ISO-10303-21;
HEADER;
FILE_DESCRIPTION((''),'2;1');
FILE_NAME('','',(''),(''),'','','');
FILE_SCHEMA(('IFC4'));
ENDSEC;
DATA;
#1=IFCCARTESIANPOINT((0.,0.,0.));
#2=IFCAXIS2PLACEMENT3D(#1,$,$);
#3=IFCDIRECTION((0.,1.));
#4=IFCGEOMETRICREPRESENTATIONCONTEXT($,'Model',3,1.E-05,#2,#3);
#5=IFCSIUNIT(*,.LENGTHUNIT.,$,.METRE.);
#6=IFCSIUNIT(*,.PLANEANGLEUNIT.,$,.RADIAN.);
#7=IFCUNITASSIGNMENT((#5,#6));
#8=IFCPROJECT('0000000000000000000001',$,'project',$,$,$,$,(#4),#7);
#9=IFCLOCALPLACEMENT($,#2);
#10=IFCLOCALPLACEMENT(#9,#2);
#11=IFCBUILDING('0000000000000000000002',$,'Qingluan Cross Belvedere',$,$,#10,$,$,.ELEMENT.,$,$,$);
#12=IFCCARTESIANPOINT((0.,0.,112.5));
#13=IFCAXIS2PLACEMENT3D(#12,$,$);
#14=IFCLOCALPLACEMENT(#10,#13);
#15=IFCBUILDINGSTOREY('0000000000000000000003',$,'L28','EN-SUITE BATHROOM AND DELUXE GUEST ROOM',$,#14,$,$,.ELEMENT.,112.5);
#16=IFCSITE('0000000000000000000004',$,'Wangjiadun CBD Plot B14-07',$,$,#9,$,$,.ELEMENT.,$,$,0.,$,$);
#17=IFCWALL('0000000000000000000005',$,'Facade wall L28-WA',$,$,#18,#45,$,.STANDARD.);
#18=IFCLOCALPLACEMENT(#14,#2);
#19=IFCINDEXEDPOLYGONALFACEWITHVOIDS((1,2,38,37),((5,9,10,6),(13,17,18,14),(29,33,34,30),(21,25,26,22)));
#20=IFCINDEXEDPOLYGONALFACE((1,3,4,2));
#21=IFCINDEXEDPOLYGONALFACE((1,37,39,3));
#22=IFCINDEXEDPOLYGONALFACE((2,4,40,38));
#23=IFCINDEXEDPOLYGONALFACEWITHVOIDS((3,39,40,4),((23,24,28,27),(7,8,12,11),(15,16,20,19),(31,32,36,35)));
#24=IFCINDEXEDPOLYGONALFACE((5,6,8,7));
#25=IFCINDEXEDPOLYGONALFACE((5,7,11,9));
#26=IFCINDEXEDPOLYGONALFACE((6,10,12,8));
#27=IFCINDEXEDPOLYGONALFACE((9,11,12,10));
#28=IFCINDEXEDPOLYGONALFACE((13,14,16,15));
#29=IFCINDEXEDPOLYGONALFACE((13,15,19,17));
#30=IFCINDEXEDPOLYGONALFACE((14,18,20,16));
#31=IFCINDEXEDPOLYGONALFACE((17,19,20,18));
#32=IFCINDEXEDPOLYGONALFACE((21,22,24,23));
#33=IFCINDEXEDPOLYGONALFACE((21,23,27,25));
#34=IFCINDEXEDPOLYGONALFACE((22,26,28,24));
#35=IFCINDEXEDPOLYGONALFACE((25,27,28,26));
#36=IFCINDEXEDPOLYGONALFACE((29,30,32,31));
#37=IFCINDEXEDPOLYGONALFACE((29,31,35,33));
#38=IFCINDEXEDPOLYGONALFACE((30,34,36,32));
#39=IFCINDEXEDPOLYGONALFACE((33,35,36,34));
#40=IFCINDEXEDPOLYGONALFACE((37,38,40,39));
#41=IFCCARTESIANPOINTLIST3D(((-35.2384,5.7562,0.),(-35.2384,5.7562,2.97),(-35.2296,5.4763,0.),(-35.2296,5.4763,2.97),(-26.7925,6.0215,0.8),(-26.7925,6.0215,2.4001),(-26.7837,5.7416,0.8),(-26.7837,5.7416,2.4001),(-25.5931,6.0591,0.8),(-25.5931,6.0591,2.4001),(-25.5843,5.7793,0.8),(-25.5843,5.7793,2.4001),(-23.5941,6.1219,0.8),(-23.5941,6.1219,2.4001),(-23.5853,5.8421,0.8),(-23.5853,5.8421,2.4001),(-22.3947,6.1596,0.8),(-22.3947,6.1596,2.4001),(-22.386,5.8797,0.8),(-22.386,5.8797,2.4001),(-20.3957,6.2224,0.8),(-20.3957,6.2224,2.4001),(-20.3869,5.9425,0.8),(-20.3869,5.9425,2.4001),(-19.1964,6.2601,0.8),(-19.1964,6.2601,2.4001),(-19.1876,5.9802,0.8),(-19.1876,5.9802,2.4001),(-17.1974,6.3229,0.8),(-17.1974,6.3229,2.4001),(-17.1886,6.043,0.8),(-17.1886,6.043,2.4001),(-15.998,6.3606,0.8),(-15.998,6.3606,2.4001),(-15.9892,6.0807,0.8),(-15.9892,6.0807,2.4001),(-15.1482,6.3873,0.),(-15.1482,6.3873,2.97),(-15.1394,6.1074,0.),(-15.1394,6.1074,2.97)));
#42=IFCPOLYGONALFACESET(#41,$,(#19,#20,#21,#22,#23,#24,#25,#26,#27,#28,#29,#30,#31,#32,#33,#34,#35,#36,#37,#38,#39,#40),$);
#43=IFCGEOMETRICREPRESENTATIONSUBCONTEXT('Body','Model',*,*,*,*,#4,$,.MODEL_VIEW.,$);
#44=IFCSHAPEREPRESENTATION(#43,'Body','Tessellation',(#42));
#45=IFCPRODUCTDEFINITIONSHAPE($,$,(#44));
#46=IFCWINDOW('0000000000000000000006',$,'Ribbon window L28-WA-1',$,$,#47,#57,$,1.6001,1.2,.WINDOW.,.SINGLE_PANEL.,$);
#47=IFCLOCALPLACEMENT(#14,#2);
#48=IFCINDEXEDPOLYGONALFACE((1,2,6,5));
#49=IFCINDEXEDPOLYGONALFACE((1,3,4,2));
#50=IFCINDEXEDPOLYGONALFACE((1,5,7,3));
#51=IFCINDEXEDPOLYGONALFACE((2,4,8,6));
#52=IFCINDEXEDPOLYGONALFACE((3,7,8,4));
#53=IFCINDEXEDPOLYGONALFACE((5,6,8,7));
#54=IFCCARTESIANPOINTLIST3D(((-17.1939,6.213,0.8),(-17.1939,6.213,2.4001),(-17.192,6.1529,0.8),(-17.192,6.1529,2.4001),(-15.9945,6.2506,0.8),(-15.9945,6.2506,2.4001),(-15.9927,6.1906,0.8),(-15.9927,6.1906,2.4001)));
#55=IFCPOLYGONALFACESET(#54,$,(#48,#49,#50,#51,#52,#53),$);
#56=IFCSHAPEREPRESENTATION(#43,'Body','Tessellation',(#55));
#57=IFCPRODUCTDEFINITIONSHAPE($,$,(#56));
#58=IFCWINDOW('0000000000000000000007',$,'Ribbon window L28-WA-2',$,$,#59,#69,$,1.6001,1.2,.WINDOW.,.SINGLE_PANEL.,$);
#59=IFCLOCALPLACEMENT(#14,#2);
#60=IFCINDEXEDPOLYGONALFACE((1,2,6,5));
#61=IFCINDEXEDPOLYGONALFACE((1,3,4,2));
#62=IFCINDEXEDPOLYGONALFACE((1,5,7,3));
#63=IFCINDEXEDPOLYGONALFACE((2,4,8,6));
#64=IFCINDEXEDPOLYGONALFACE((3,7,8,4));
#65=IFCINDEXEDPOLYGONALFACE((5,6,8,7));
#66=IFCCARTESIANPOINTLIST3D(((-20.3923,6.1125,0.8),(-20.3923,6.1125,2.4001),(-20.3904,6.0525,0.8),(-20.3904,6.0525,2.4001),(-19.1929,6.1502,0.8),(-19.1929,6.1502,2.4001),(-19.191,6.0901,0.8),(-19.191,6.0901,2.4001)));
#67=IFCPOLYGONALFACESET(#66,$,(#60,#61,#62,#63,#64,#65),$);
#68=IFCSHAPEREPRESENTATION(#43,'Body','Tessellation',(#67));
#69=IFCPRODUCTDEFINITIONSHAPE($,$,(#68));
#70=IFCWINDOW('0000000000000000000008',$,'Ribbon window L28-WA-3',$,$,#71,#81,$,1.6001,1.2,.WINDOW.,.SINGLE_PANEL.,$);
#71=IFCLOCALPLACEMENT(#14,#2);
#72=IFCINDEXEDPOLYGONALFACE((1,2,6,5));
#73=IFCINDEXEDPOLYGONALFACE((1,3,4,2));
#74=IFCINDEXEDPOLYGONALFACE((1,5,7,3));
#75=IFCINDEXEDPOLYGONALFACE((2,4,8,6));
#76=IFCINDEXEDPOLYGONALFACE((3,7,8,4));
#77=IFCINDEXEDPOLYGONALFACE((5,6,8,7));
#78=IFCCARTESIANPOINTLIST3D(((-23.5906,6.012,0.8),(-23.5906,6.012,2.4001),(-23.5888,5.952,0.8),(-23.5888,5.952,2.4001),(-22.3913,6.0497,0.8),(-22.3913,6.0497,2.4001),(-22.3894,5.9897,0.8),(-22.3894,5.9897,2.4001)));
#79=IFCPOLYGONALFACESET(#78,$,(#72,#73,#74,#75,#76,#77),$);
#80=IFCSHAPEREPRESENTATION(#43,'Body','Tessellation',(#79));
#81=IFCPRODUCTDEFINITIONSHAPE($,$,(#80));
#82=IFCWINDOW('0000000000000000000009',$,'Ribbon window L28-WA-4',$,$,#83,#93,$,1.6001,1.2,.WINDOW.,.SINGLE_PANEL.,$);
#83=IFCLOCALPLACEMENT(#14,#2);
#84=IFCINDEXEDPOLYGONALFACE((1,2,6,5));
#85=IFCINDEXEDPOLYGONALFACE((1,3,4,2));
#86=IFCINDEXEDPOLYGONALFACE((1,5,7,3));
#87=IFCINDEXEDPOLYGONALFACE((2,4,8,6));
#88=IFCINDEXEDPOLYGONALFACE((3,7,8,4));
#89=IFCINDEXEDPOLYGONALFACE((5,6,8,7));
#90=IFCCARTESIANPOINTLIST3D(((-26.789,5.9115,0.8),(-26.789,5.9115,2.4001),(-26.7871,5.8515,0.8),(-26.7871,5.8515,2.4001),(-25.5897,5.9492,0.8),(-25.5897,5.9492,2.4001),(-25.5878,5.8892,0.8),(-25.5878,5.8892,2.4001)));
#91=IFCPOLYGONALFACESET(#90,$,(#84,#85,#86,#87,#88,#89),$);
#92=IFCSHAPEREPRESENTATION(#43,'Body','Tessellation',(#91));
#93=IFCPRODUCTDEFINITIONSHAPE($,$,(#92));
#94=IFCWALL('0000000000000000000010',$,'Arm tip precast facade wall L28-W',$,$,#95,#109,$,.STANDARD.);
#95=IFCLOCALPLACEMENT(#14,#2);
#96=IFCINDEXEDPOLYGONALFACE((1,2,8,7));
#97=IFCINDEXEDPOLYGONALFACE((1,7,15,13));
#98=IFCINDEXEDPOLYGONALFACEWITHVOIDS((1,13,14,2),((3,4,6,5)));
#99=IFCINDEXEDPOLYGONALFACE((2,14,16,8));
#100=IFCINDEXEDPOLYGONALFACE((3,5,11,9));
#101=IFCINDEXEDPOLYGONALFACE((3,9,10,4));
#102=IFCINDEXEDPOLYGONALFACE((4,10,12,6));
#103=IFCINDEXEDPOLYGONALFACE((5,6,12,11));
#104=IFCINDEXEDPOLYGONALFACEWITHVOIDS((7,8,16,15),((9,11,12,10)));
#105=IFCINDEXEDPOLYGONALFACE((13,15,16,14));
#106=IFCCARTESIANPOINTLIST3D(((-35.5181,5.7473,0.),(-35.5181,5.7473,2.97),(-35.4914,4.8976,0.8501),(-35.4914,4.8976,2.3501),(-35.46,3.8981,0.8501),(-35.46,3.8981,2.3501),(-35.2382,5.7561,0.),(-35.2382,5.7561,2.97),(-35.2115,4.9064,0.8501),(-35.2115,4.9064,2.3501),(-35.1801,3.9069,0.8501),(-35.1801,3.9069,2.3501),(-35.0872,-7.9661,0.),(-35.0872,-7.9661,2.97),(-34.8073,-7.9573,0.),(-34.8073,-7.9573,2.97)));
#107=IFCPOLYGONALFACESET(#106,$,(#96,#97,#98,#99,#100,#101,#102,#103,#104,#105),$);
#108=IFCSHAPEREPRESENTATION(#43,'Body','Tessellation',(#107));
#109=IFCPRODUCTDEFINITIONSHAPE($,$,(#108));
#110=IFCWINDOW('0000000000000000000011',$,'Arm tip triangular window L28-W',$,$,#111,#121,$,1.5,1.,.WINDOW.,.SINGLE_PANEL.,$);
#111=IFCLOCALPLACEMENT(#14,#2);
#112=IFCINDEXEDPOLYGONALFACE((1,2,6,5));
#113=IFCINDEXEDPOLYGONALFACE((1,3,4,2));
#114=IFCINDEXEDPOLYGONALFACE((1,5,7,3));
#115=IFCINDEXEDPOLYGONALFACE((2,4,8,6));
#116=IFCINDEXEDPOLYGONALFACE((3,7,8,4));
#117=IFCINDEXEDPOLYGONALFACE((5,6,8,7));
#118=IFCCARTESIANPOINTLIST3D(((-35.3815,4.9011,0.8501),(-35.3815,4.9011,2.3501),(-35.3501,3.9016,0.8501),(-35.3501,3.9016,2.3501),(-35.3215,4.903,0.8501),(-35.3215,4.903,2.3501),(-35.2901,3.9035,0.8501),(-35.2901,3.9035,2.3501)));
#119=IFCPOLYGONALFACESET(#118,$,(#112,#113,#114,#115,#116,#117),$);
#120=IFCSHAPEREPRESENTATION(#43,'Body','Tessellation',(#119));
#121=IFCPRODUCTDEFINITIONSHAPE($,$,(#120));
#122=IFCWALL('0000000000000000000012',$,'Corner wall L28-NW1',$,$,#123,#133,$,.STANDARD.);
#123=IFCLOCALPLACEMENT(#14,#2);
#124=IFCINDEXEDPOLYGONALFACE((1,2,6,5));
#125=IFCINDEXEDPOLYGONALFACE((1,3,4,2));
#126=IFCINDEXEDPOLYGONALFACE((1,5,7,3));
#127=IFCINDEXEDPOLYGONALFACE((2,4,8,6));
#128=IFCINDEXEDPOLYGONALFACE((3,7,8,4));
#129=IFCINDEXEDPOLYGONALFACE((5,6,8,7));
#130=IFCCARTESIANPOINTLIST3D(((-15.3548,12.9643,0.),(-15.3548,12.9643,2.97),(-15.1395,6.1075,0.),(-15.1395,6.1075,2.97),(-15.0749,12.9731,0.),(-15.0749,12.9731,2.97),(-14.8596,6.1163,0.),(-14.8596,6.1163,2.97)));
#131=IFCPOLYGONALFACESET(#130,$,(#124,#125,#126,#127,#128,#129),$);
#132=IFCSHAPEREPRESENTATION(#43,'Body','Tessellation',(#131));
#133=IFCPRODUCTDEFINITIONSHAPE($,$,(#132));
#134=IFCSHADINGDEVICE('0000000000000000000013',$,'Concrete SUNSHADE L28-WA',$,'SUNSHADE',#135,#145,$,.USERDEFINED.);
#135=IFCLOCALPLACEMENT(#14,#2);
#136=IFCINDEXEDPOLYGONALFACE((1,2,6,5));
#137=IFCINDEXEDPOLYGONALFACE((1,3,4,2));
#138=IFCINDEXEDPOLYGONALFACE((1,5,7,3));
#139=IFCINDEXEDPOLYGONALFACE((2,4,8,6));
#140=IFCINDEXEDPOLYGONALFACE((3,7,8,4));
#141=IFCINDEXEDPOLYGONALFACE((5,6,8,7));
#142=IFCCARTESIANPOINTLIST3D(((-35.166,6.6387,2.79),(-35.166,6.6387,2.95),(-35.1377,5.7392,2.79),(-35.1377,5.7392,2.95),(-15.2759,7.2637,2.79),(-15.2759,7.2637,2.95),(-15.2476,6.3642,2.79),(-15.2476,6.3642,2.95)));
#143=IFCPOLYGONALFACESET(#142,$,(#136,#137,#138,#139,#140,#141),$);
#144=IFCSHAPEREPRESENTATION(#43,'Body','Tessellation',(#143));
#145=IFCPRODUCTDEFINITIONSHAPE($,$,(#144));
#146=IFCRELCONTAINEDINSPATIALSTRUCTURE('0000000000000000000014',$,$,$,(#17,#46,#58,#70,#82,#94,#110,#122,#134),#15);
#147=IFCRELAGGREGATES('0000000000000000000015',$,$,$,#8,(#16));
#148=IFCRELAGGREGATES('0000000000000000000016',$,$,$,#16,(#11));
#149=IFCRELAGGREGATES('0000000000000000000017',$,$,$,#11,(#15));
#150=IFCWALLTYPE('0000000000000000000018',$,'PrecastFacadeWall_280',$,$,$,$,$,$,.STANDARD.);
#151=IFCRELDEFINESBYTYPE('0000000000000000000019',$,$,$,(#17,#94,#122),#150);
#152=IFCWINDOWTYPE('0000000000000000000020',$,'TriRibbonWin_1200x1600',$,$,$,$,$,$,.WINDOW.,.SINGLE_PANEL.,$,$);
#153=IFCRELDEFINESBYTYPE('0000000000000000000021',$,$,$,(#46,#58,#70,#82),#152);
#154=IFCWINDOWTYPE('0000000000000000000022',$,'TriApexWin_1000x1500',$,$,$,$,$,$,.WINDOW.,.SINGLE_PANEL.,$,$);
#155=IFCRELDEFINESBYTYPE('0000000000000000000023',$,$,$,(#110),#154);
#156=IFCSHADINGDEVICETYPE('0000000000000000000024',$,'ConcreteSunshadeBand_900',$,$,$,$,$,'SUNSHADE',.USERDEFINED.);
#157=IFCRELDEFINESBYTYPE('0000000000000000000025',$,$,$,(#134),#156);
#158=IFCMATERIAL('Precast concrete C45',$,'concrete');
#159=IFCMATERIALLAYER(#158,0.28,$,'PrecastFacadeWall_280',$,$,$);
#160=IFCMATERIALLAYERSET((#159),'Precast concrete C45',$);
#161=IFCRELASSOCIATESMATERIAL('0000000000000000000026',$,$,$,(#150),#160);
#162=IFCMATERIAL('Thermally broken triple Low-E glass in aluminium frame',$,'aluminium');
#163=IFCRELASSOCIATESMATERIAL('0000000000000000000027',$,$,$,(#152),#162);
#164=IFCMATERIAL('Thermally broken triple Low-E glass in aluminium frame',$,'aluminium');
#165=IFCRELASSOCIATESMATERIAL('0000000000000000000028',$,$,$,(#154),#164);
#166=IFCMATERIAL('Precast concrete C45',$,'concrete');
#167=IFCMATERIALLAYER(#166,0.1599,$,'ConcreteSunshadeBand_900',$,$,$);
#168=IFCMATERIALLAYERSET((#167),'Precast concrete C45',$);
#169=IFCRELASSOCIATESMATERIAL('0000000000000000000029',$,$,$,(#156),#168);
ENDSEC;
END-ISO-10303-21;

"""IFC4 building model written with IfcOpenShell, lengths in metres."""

from ifc_helpers import new_model, si_unit, direction, frame, frame_2d, origin, origin_2d, place, context, subcontext, project, spatial, rectangle, extrude, material, layer, layer_set, type_object, element, fill, save


model = new_model("IFC4")

# Units and contexts
model_context = context("Model", 3, precision=1e-05, world=origin(), true_north=direction((0.0, 1.0)))
body_context = subcontext(model_context, "Body", "Model", "MODEL_VIEW")
ifc_project = project(units=[si_unit("LENGTHUNIT", "METRE"), si_unit("PLANEANGLEUNIT", "RADIAN")], contexts=[model_context])

# Site, building, storey
site_placement = place(None, origin())
site = spatial("IfcSite", under=ifc_project, at=site_placement, Name="Wangjiadun CBD Plot B14-07", CompositionType="ELEMENT", RefElevation=0.0)
building_placement = place(site_placement, origin())
building = spatial("IfcBuilding", under=site, at=building_placement, Name="Qingluan Cross Belvedere", CompositionType="ELEMENT")
storey_placement = place(building_placement, frame((0.0, 0.0, 112.5)))
storey = spatial("IfcBuildingStorey", under=building, at=storey_placement, Name="L28", Description="EN-SUITE BATHROOM AND DELUXE GUEST ROOM", CompositionType="ELEMENT", Elevation=112.5)

# Wall, openings, windows
ifc_material_1 = material(Name="Precast concrete C45", Category="concrete")
ifc_layer_1 = layer(ifc_material_1, 0.28, Name="PrecastFacadeWall_280")
ifc_layer_set_1 = layer_set([ifc_layer_1], Name="Precast concrete C45")
wall_type_1 = type_object("IfcWallType", Name="PrecastFacadeWall_280", PredefinedType="STANDARD", material=ifc_layer_set_1)
wall_1_placement = place(storey_placement, frame((-15.1438, 6.2473, 0.0), z_axis=(0.0, 0.0, 1.0), x_axis=(-0.999507, -0.031398, 0.0)))
wall_1 = element("IfcWall", 1, at=wall_1_placement, inside=storey, type_object=wall_type_1, Name="Facade wall L28-WA", PredefinedType="STANDARD", context=body_context, shape_type="SweptSolid", body=[
    extrude(rectangle(XDim=20.1001, YDim=0.28, at=frame_2d((10.05, 0.0))), origin(), (0.0, 0.0, 1.0), 2.97),
])
opening_1_placement = place(wall_1_placement, frame((0.8501, 0.0, 0.8)))
opening_1 = element("IfcOpeningElement", 2, at=opening_1_placement, cuts=wall_1, PredefinedType="OPENING", context=body_context, shape_type="SweptSolid", body=[
    extrude(rectangle(XDim=1.2, YDim=1.6001, at=frame_2d((0.6001, 0.8))), frame((0.0, 0.1499, 0.0), z_axis=(0.0, -1.0, 0.0), x_axis=(1.0, 0.0, 0.0)), (0.0, 0.0, 1.0), 0.3),
])
opening_2_placement = place(wall_1_placement, frame((4.05, 0.0, 0.8)))
opening_2 = element("IfcOpeningElement", 3, at=opening_2_placement, cuts=wall_1, PredefinedType="OPENING", context=body_context, shape_type="SweptSolid", body=[
    extrude(rectangle(XDim=1.2, YDim=1.6001, at=frame_2d((0.6001, 0.8))), frame((0.0, 0.1499, 0.0), z_axis=(0.0, -1.0, 0.0), x_axis=(1.0, 0.0, 0.0)), (0.0, 0.0, 1.0), 0.3),
])
opening_3_placement = place(wall_1_placement, frame((7.25, 0.0, 0.8)))
opening_3 = element("IfcOpeningElement", 4, at=opening_3_placement, cuts=wall_1, PredefinedType="OPENING", context=body_context, shape_type="SweptSolid", body=[
    extrude(rectangle(XDim=1.2, YDim=1.6001, at=frame_2d((0.6001, 0.8))), frame((0.0, 0.1499, 0.0), z_axis=(0.0, -1.0, 0.0), x_axis=(1.0, 0.0, 0.0)), (0.0, 0.0, 1.0), 0.3),
])
opening_4_placement = place(wall_1_placement, frame((10.45, 0.0, 0.8)))
opening_4 = element("IfcOpeningElement", 5, at=opening_4_placement, cuts=wall_1, PredefinedType="OPENING", context=body_context, shape_type="SweptSolid", body=[
    extrude(rectangle(XDim=1.2, YDim=1.6001, at=frame_2d((0.6001, 0.8))), frame((0.0, 0.1499, 0.0), z_axis=(0.0, -1.0, 0.0), x_axis=(1.0, 0.0, 0.0)), (0.0, 0.0, 1.0), 0.3),
])
ifc_material_2 = material(Name="Thermally broken triple Low-E glass in aluminium frame", Category="aluminium")
window_type_1 = type_object("IfcWindowType", Name="TriRibbonWin_1200x1600", PartitioningType="SINGLE_PANEL", PredefinedType="WINDOW", material=ifc_material_2)
window_1_placement = place(opening_1_placement, origin())
window_1 = element("IfcWindow", 6, at=window_1_placement, inside=storey, type_object=window_type_1, Name="Ribbon window L28-WA-1", OverallHeight=1.6001, OverallWidth=1.2, PartitioningType="SINGLE_PANEL", PredefinedType="WINDOW", context=body_context, shape_type="SweptSolid", body=[
    extrude(rectangle(XDim=1.2, YDim=1.6001, at=frame_2d((0.6001, 0.8))), frame((0.0, 0.03, 0.0), z_axis=(0.0, -1.0, 0.0), x_axis=(1.0, 0.0, 0.0)), (0.0, 0.0, 1.0), 0.0601),
])
fill(opening_1, window_1)
window_2_placement = place(opening_2_placement, origin())
window_2 = element("IfcWindow", 7, at=window_2_placement, inside=storey, type_object=window_type_1, Name="Ribbon window L28-WA-2", OverallHeight=1.6001, OverallWidth=1.2, PartitioningType="SINGLE_PANEL", PredefinedType="WINDOW", context=body_context, shape_type="SweptSolid", body=[
    extrude(rectangle(XDim=1.2, YDim=1.6001, at=frame_2d((0.6001, 0.8))), frame((0.0, 0.03, 0.0), z_axis=(0.0, -1.0, 0.0), x_axis=(1.0, 0.0, 0.0)), (0.0, 0.0, 1.0), 0.0601),
])
fill(opening_2, window_2)
window_3_placement = place(opening_3_placement, origin())
window_3 = element("IfcWindow", 8, at=window_3_placement, inside=storey, type_object=window_type_1, Name="Ribbon window L28-WA-3", OverallHeight=1.6001, OverallWidth=1.2, PartitioningType="SINGLE_PANEL", PredefinedType="WINDOW", context=body_context, shape_type="SweptSolid", body=[
    extrude(rectangle(XDim=1.2, YDim=1.6001, at=frame_2d((0.6001, 0.8))), frame((0.0, 0.03, 0.0), z_axis=(0.0, -1.0, 0.0), x_axis=(1.0, 0.0, 0.0)), (0.0, 0.0, 1.0), 0.0601),
])
fill(opening_3, window_3)
window_4_placement = place(opening_4_placement, origin())
window_4 = element("IfcWindow", 9, at=window_4_placement, inside=storey, type_object=window_type_1, Name="Ribbon window L28-WA-4", OverallHeight=1.6001, OverallWidth=1.2, PartitioningType="SINGLE_PANEL", PredefinedType="WINDOW", context=body_context, shape_type="SweptSolid", body=[
    extrude(rectangle(XDim=1.2, YDim=1.6001, at=frame_2d((0.6001, 0.8))), frame((0.0, 0.03, 0.0), z_axis=(0.0, -1.0, 0.0), x_axis=(1.0, 0.0, 0.0)), (0.0, 0.0, 1.0), 0.0601),
])
fill(opening_4, window_4)

# Wall, opening, window
wall_2_placement = place(storey_placement, frame((-35.3782, 5.7517, 0.0), z_axis=(0.0, 0.0, 1.0), x_axis=(0.031407, -0.999507, 0.0)))
wall_2 = element("IfcWall", 10, at=wall_2_placement, inside=storey, type_object=wall_type_1, Name="Arm tip precast facade wall L28-W", PredefinedType="STANDARD", context=body_context, shape_type="SweptSolid", body=[
    extrude(rectangle(XDim=13.7202, YDim=0.28, at=frame_2d((6.8601, 0.0))), origin(), (0.0, 0.0, 1.0), 2.97),
])
opening_5_placement = place(wall_2_placement, frame((0.8501, 0.0, 0.8501)))
opening_5 = element("IfcOpeningElement", 11, at=opening_5_placement, cuts=wall_2, PredefinedType="OPENING", context=body_context, shape_type="SweptSolid", body=[
    extrude(rectangle(XDim=1.0, YDim=1.5, at=frame_2d((0.5, 0.75))), frame((0.0, 0.1499, 0.0), z_axis=(0.0, -1.0, 0.0), x_axis=(1.0, 0.0, 0.0)), (0.0, 0.0, 1.0), 0.3),
])
ifc_material_3 = material(Name="Thermally broken triple Low-E glass in aluminium frame", Category="aluminium")
window_type_2 = type_object("IfcWindowType", Name="TriApexWin_1000x1500", PartitioningType="SINGLE_PANEL", PredefinedType="WINDOW", material=ifc_material_3)
window_5_placement = place(opening_5_placement, origin())
window_5 = element("IfcWindow", 12, at=window_5_placement, inside=storey, type_object=window_type_2, Name="Arm tip triangular window L28-W", OverallHeight=1.5, OverallWidth=1.0, PartitioningType="SINGLE_PANEL", PredefinedType="WINDOW", context=body_context, shape_type="SweptSolid", body=[
    extrude(rectangle(XDim=1.0, YDim=1.5, at=frame_2d((0.5, 0.75))), frame((0.0, 0.03, 0.0), z_axis=(0.0, -1.0, 0.0), x_axis=(1.0, 0.0, 0.0)), (0.0, 0.0, 1.0), 0.0601),
])
fill(opening_5, window_5)

# Wall
wall_3_placement = place(storey_placement, frame((-14.9995, 6.1118, 0.0), z_axis=(0.0, 0.0, 1.0), x_axis=(-0.031389, 0.999507, 0.0)))
element("IfcWall", 13, at=wall_3_placement, inside=storey, type_object=wall_type_1, Name="Corner wall L28-NW1", PredefinedType="STANDARD", context=body_context, shape_type="SweptSolid", body=[
    extrude(rectangle(XDim=6.8601, YDim=0.28, at=frame_2d((3.4302, 0.0))), origin(), (0.0, 0.0, 1.0), 2.97),
])

# Shading device
ifc_material_4 = material(Name="Precast concrete C45", Category="concrete")
ifc_layer_2 = layer(ifc_material_4, 0.1599, Name="ConcreteSunshadeBand_900")
ifc_layer_set_2 = layer_set([ifc_layer_2], Name="Precast concrete C45")
shading_device_type = type_object("IfcShadingDeviceType", Name="ConcreteSunshadeBand_900", ElementType="SUNSHADE", PredefinedType="USERDEFINED", material=ifc_layer_set_2)
shading_device_placement = place(storey_placement, frame((-25.2068, 6.5015, 2.79), z_axis=(0.0, 0.0, 1.0), x_axis=(-0.999507, -0.031408, 0.0)))
element("IfcShadingDevice", 14, at=shading_device_placement, inside=storey, type_object=shading_device_type, Name="Concrete SUNSHADE L28-WA", ObjectType="SUNSHADE", PredefinedType="USERDEFINED", context=body_context, shape_type="SweptSolid", body=[
    extrude(rectangle(XDim=19.8999, YDim=0.8999, at=origin_2d()), origin(), (0.0, 0.0, 1.0), 0.1599),
])

save(model, "model.ifc")
